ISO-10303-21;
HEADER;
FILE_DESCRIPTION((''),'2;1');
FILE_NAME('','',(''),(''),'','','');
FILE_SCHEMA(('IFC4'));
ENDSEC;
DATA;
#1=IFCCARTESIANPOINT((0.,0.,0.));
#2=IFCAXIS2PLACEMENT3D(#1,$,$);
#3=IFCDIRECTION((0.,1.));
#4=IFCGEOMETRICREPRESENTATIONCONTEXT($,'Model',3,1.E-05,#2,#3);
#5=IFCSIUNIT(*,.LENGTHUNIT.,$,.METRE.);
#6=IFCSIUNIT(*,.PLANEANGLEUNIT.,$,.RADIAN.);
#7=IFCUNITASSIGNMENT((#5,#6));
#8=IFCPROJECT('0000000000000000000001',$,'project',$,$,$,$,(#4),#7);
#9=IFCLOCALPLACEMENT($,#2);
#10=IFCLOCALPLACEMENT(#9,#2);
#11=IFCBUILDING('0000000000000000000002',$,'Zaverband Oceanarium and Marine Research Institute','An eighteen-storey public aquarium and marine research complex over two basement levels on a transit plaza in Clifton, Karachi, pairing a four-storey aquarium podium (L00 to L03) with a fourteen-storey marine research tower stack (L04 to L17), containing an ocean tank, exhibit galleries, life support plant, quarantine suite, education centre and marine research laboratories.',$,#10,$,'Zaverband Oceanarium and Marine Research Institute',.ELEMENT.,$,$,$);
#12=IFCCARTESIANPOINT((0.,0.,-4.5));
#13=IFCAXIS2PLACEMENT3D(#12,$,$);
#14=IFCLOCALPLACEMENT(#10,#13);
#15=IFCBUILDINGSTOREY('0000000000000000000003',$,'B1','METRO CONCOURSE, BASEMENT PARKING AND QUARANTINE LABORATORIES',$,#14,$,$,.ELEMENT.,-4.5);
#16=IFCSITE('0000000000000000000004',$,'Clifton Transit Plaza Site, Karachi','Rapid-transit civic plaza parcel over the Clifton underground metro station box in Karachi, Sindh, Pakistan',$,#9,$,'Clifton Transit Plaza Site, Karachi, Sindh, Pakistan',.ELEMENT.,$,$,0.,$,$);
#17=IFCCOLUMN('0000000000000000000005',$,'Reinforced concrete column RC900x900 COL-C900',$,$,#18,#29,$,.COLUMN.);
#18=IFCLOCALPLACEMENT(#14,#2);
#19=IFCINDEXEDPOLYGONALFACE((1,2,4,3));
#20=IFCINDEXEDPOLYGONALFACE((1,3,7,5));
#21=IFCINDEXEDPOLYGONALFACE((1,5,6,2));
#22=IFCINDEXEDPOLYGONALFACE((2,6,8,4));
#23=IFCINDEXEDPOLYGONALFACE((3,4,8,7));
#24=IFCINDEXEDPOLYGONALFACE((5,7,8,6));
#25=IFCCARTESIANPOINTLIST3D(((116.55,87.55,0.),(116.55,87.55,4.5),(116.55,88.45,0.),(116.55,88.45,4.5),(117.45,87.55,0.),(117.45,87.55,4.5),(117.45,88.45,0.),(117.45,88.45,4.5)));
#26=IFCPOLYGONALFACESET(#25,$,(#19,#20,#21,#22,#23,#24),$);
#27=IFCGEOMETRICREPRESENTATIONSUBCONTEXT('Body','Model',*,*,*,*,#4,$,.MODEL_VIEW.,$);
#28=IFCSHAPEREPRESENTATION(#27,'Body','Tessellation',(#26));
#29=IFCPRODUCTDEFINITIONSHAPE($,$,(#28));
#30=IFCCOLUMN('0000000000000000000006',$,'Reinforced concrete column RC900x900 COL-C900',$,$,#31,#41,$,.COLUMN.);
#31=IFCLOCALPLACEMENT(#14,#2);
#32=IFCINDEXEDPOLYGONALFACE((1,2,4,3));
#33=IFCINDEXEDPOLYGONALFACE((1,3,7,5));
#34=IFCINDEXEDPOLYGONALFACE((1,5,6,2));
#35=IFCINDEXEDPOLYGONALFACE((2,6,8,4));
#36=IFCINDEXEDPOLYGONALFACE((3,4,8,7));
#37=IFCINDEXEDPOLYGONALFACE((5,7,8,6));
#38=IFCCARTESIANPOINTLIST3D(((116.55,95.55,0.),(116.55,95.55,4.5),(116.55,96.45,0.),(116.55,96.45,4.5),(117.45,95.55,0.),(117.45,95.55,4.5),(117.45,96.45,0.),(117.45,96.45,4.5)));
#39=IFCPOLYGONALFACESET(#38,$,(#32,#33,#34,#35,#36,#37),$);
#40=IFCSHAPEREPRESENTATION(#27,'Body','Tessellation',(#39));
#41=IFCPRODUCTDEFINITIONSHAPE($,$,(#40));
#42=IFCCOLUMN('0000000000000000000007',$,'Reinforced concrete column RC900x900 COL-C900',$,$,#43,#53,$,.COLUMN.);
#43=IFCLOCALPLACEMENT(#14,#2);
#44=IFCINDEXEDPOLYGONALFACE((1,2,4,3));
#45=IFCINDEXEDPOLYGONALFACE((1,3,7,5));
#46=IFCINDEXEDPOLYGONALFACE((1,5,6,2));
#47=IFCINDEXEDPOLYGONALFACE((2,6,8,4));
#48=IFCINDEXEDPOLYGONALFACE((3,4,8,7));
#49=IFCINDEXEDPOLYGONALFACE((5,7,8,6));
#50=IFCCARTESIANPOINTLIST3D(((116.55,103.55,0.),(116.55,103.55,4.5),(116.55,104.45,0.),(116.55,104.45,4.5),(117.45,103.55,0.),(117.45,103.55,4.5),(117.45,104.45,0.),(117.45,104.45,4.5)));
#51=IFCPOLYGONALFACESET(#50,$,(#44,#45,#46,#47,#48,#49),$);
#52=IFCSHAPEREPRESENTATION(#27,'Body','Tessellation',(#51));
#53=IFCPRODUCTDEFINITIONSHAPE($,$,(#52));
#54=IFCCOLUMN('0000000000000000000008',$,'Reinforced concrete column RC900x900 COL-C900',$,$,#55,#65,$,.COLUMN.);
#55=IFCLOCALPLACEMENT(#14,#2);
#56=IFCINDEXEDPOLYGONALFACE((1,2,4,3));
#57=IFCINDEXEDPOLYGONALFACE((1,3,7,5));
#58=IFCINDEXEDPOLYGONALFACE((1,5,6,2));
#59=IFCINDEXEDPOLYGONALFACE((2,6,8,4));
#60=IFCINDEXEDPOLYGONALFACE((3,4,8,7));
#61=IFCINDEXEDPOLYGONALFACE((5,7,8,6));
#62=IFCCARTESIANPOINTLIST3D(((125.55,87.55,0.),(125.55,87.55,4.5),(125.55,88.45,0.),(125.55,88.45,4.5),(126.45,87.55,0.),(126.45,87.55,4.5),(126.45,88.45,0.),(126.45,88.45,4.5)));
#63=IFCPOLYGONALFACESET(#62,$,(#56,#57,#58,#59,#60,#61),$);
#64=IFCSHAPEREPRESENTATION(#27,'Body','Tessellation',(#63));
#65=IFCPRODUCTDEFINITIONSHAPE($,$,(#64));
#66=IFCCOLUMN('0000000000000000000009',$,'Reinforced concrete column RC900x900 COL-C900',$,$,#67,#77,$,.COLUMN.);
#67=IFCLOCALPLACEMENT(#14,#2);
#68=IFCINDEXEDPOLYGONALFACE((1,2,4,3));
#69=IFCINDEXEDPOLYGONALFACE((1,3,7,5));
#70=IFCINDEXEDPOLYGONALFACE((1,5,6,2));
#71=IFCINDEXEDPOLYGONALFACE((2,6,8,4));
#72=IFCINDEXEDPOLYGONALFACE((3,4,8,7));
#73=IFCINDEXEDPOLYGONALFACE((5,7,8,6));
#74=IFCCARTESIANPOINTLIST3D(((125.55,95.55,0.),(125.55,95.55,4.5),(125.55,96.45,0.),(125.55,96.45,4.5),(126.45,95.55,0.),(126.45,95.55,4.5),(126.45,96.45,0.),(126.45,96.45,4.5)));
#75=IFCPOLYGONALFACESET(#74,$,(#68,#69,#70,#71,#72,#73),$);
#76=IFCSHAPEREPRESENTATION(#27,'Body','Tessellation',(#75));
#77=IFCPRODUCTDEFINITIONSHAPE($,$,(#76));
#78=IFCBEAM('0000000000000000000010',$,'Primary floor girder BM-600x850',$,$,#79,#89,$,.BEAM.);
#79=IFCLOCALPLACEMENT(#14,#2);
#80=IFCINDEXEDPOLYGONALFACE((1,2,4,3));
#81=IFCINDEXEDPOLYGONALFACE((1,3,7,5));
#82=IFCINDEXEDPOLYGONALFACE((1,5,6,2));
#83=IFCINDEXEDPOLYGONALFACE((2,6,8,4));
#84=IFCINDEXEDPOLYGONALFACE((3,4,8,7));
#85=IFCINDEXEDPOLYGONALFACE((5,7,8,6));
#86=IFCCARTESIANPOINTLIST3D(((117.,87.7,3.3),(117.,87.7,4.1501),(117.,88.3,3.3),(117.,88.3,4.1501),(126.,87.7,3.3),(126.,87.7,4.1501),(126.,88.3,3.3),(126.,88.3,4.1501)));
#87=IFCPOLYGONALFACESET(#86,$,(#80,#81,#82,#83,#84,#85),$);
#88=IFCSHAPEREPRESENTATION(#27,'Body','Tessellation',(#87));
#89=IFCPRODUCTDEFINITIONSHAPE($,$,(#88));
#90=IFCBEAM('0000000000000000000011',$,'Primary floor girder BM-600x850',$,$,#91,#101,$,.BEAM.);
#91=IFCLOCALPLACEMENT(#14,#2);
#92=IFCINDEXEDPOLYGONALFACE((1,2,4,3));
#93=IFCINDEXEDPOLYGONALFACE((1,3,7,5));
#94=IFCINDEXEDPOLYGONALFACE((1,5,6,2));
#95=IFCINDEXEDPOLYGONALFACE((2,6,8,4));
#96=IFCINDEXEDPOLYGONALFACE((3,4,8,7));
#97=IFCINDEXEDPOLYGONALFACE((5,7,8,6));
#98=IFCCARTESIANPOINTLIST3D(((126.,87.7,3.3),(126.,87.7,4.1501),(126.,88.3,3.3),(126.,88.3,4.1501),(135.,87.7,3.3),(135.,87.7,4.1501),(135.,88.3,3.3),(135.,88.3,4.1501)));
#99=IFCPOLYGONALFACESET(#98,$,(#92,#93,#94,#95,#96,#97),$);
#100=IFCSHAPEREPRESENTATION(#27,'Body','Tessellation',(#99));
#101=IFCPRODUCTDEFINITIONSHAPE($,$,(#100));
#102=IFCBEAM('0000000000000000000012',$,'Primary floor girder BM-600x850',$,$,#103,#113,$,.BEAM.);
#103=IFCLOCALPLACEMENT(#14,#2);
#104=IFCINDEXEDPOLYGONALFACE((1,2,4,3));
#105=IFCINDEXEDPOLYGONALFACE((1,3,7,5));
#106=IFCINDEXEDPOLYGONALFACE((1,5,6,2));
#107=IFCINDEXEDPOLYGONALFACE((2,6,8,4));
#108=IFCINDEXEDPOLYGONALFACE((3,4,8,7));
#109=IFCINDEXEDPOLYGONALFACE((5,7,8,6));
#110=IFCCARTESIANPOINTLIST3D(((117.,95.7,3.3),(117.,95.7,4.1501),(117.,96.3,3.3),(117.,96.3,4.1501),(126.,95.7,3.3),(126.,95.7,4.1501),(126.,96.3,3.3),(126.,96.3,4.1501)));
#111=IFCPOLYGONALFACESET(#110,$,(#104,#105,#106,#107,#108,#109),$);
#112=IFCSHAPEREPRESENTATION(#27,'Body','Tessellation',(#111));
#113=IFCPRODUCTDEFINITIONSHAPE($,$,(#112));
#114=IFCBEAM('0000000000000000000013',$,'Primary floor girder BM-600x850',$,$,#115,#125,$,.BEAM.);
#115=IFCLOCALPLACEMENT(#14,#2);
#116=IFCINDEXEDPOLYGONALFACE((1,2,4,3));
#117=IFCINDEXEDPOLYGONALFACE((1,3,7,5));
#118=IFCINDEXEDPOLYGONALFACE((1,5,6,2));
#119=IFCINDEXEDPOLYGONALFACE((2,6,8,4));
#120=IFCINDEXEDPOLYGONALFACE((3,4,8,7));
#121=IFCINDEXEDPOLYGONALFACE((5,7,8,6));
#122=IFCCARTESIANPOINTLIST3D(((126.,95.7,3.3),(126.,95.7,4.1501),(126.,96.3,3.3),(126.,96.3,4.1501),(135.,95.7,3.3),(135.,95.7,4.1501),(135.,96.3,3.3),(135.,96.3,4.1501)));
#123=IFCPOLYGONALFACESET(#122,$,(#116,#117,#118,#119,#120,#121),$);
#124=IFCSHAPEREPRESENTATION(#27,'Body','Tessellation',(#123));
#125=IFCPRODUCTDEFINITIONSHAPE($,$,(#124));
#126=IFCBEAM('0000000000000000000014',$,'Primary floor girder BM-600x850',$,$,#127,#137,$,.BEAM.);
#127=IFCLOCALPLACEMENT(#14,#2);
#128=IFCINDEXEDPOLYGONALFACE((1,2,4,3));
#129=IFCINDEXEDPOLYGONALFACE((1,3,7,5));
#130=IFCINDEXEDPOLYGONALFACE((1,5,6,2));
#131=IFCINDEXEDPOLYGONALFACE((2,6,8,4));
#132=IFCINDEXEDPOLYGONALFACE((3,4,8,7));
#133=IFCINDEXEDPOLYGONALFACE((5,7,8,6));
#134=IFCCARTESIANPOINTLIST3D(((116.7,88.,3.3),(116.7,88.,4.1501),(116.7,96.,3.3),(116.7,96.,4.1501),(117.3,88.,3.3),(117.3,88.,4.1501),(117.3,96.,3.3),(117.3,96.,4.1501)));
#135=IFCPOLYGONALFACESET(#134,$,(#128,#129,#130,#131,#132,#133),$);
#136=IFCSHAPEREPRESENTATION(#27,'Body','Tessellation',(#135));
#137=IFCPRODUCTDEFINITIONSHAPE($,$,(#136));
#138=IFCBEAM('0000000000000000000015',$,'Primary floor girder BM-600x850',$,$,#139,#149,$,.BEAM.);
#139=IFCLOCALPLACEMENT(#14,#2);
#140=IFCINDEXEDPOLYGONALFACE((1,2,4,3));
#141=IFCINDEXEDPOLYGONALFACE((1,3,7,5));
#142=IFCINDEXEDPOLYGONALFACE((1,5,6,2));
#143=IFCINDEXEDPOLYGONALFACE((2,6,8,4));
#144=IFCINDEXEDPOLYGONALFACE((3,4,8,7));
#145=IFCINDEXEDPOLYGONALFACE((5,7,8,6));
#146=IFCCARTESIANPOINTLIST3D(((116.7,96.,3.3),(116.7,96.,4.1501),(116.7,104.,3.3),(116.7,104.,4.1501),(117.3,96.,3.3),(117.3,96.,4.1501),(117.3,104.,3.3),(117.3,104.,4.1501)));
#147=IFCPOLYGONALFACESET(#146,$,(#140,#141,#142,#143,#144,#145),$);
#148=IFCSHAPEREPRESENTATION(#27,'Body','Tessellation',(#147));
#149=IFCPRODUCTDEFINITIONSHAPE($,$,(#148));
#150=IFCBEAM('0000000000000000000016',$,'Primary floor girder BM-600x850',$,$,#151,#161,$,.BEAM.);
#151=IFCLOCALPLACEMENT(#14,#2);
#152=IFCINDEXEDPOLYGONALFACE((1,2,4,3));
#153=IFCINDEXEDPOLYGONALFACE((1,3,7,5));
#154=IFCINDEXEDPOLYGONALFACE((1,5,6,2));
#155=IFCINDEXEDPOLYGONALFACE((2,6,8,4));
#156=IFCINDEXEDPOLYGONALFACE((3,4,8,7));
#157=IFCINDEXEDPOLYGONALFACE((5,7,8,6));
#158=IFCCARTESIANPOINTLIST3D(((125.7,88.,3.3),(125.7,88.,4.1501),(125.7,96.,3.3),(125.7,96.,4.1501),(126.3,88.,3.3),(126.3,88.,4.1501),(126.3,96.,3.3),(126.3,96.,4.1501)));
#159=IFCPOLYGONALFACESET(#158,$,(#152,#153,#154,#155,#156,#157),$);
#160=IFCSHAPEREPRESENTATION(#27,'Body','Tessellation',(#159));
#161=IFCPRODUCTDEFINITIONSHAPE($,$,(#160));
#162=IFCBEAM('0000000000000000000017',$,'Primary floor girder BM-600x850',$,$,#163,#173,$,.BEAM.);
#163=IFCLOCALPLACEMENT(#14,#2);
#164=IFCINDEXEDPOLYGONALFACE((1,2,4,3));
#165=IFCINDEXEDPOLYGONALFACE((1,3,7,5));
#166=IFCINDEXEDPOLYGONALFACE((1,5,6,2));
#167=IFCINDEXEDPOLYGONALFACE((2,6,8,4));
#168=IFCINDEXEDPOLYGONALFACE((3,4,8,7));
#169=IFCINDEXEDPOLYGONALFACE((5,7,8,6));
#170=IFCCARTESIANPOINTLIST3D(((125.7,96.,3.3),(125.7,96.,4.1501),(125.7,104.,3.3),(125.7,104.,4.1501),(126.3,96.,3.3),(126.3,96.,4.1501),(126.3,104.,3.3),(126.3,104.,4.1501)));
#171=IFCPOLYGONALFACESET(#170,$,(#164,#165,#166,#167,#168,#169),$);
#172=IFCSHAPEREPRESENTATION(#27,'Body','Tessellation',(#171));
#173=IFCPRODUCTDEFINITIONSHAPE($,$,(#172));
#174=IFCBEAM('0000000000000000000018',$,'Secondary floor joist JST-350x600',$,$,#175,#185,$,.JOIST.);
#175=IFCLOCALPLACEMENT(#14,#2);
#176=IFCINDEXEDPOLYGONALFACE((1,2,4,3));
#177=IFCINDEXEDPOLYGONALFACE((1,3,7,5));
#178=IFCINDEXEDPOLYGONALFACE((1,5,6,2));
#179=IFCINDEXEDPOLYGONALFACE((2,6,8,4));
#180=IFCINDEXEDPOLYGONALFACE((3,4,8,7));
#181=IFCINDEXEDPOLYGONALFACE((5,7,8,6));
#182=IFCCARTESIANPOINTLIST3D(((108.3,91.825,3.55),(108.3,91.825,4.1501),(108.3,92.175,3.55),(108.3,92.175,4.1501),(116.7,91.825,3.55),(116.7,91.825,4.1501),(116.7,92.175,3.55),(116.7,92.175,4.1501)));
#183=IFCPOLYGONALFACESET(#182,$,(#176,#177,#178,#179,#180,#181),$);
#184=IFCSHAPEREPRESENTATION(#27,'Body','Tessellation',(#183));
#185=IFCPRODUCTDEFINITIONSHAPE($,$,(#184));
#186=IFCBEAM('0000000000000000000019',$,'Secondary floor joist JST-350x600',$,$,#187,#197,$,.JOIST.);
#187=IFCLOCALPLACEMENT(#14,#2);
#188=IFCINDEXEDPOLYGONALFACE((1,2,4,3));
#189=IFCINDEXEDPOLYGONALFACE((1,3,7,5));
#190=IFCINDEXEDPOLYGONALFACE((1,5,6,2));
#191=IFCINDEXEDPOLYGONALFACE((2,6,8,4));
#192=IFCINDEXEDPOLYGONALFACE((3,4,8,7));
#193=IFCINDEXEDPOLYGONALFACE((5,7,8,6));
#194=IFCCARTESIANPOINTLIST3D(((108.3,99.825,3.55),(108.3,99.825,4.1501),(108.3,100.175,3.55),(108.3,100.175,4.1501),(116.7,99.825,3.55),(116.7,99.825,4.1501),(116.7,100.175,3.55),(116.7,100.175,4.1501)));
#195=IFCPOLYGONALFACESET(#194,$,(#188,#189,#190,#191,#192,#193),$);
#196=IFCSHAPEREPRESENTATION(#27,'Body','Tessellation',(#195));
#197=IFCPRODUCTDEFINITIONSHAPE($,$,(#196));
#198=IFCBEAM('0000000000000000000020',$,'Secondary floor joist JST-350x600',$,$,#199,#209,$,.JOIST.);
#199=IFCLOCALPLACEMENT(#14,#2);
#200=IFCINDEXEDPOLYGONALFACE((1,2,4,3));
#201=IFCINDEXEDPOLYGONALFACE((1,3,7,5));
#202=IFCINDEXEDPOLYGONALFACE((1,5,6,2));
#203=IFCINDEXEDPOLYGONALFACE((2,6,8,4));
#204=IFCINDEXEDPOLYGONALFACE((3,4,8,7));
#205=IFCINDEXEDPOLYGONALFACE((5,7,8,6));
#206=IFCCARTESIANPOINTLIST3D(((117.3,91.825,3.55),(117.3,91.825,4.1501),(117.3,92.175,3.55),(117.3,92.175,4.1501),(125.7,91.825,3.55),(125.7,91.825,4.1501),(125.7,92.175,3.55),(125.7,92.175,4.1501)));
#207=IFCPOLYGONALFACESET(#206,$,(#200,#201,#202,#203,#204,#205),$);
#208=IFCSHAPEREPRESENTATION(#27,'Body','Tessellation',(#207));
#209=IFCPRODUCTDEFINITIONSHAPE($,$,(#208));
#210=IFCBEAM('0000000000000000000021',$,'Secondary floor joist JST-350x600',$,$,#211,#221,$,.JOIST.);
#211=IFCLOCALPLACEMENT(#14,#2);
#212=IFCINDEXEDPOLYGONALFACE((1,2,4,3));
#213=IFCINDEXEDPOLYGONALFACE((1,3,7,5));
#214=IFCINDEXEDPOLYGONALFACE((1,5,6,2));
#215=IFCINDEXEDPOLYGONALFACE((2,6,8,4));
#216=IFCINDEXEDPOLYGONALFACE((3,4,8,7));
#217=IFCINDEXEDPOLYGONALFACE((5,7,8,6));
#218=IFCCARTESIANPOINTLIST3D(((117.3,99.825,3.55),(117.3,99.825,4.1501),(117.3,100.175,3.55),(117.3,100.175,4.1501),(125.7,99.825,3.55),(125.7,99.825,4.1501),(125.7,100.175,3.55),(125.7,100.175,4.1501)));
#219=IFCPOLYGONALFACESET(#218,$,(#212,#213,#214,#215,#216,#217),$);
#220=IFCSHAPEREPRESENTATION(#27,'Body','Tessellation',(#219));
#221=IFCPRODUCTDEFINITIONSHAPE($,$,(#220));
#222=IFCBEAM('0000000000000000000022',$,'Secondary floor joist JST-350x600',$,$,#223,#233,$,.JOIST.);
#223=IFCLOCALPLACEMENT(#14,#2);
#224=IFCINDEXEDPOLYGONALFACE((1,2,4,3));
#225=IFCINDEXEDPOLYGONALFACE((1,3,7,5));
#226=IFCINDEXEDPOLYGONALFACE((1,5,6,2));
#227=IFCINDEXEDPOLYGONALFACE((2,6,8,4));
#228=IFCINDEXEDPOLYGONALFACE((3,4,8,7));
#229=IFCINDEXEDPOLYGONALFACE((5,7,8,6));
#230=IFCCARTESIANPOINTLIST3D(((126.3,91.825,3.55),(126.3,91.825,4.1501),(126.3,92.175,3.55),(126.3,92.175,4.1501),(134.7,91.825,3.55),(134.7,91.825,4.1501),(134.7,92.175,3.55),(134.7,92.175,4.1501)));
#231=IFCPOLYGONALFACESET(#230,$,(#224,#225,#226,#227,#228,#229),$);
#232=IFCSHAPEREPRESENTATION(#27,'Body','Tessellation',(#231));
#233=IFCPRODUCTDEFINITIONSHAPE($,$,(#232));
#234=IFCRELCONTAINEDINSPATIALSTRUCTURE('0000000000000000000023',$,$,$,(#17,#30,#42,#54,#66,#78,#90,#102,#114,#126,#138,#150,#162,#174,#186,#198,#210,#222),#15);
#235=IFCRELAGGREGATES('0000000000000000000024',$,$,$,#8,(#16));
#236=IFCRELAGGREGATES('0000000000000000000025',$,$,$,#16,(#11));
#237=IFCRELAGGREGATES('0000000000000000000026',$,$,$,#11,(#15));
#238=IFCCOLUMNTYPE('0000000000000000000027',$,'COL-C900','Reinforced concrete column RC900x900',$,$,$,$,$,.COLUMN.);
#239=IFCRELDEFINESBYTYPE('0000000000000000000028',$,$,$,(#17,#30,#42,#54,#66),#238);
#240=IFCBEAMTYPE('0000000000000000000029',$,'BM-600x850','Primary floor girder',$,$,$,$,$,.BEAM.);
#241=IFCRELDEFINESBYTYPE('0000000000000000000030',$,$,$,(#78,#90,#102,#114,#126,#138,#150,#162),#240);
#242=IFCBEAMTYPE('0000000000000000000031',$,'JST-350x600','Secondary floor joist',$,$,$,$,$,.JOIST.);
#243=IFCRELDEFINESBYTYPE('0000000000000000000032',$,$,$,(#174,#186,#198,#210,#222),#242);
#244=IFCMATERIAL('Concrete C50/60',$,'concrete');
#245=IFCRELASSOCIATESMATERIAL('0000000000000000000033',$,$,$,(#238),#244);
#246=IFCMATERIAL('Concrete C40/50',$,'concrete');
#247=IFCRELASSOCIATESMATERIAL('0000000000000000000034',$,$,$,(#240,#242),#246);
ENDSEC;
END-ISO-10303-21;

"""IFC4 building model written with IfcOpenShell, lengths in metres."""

from ifc_helpers import new_model, si_unit, direction, frame, origin, origin_2d, place, context, subcontext, project, spatial, rectangle, extrude, material, material_profile, profile_set, type_object, element, save


model = new_model("IFC4")

# Units and contexts
model_context = context("Model", 3, precision=1e-05, world=origin(), true_north=direction((0.0, 1.0)))
body_context = subcontext(model_context, "Body", "Model", "MODEL_VIEW")
ifc_project = project(units=[si_unit("LENGTHUNIT", "METRE"), si_unit("PLANEANGLEUNIT", "RADIAN")], contexts=[model_context])

# Site, building, storey
site_placement = place(None, origin())
site = spatial("IfcSite", under=ifc_project, at=site_placement, Name="Clifton Transit Plaza Site, Karachi", Description="Rapid-transit civic plaza parcel over the Clifton underground metro station box in Karachi, Sindh, Pakistan", LongName="Clifton Transit Plaza Site, Karachi, Sindh, Pakistan", CompositionType="ELEMENT", RefElevation=0.0)
building_placement = place(site_placement, origin())
building = spatial("IfcBuilding", under=site, at=building_placement, Name="Zaverband Oceanarium and Marine Research Institute", Description="An eighteen-storey public aquarium and marine research complex over two basement levels on a transit plaza in Clifton, Karachi, pairing a four-storey aquarium podium (L00 to L03) with a fourteen-storey marine research tower stack (L04 to L17), containing an ocean tank, exhibit galleries, life support plant, quarantine suite, education centre and marine research laboratories.", LongName="Zaverband Oceanarium and Marine Research Institute", CompositionType="ELEMENT")
storey_placement = place(building_placement, frame((0.0, 0.0, -4.5)))
storey = spatial("IfcBuildingStorey", under=building, at=storey_placement, Name="B1", Description="METRO CONCOURSE, BASEMENT PARKING AND QUARANTINE LABORATORIES", CompositionType="ELEMENT", Elevation=-4.5)

# Columns
ifc_material_1 = material(Name="Concrete C50/60", Category="concrete")
ifc_material_profile_1 = material_profile(ifc_material_1, rectangle(XDim=0.8999, YDim=0.8999, at=origin_2d()), Name="RC900x900")
ifc_profile_set_1 = profile_set([ifc_material_profile_1], Name="Concrete C50/60")
column_type = type_object("IfcColumnType", Name="COL-C900", Description="Reinforced concrete column RC900x900", PredefinedType="COLUMN", material=ifc_profile_set_1)
for number, where, z_axis, x_axis, name in (
    (1, (117.0, 88.0, 0.0), (0.0, 0.0, 1.0), (1.0, 0.0, 0.0), "Reinforced concrete column RC900x900 COL-C900"),
    (2, (117.0, 96.0, 0.0), (0.0, 0.0, 1.0), (1.0, 0.0, 0.0), "Reinforced concrete column RC900x900 COL-C900"),
    (3, (117.0, 104.0, 0.0), (0.0, 0.0, 1.0), (1.0, 0.0, 0.0), "Reinforced concrete column RC900x900 COL-C900"),
    (4, (126.0, 88.0, 0.0), (0.0, 0.0, 1.0), (1.0, 0.0, 0.0), "Reinforced concrete column RC900x900 COL-C900"),
    (5, (126.0, 96.0, 0.0), (0.0, 0.0, 1.0), (1.0, 0.0, 0.0), "Reinforced concrete column RC900x900 COL-C900"),
):
    element("IfcColumn", number, at=place(storey_placement, frame(where, z_axis=z_axis, x_axis=x_axis)), inside=storey, type_object=column_type, Name=name, PredefinedType="COLUMN", context=body_context, shape_type="SweptSolid", body=[
        extrude(rectangle(XDim=0.8999, YDim=0.8999, at=origin_2d()), origin(), (0.0, 0.0, 1.0), 4.5),
    ])

# Beams
ifc_material_2 = material(Name="Concrete C40/50", Category="concrete")
ifc_material_profile_2 = material_profile(ifc_material_2, rectangle(XDim=0.6001, YDim=0.8501, at=origin_2d()), Name="RC600x850")
ifc_profile_set_2 = profile_set([ifc_material_profile_2], Name="Concrete C40/50")
beam_type_1 = type_object("IfcBeamType", Name="BM-600x850", Description="Primary floor girder", PredefinedType="BEAM", material=ifc_profile_set_2)
for number, where, z_axis, x_axis, name in (
    (6, (117.0, 88.0, 3.7251), (1.0, 0.0, 0.0), (0.0, 1.0, 0.0), "Primary floor girder BM-600x850"),
    (7, (126.0, 88.0, 3.7251), (1.0, 0.0, 0.0), (0.0, 1.0, 0.0), "Primary floor girder BM-600x850"),
    (8, (117.0, 96.0, 3.7251), (1.0, 0.0, 0.0), (0.0, 1.0, 0.0), "Primary floor girder BM-600x850"),
    (9, (126.0, 96.0, 3.7251), (1.0, 0.0, 0.0), (0.0, 1.0, 0.0), "Primary floor girder BM-600x850"),
):
    element("IfcBeam", number, at=place(storey_placement, frame(where, z_axis=z_axis, x_axis=x_axis)), inside=storey, type_object=beam_type_1, Name=name, PredefinedType="BEAM", context=body_context, shape_type="SweptSolid", body=[
        extrude(rectangle(XDim=0.6001, YDim=0.8501, at=origin_2d()), origin(), (0.0, 0.0, 1.0), 9.0),
    ])
for number, where, z_axis, x_axis, name in (
    (10, (117.0, 88.0, 3.7251), (0.0, 1.0, 0.0), (-1.0, 0.0, 0.0), "Primary floor girder BM-600x850"),
    (11, (117.0, 96.0, 3.7251), (0.0, 1.0, 0.0), (-1.0, 0.0, 0.0), "Primary floor girder BM-600x850"),
    (12, (126.0, 88.0, 3.7251), (0.0, 1.0, 0.0), (-1.0, 0.0, 0.0), "Primary floor girder BM-600x850"),
    (13, (126.0, 96.0, 3.7251), (0.0, 1.0, 0.0), (-1.0, 0.0, 0.0), "Primary floor girder BM-600x850"),
):
    element("IfcBeam", number, at=place(storey_placement, frame(where, z_axis=z_axis, x_axis=x_axis)), inside=storey, type_object=beam_type_1, Name=name, PredefinedType="BEAM", context=body_context, shape_type="SweptSolid", body=[
        extrude(rectangle(XDim=0.6001, YDim=0.8501, at=origin_2d()), origin(), (0.0, 0.0, 1.0), 8.0),
    ])
ifc_material_profile_3 = material_profile(ifc_material_2, rectangle(XDim=0.3501, YDim=0.6001, at=origin_2d()), Name="RC350x600")
ifc_profile_set_3 = profile_set([ifc_material_profile_3], Name="Concrete C40/50")
beam_type_2 = type_object("IfcBeamType", Name="JST-350x600", Description="Secondary floor joist", PredefinedType="JOIST", material=ifc_profile_set_3)
for number, where, z_axis, x_axis, name in (
    (14, (108.3, 92.0, 3.8501), (1.0, 0.0, 0.0), (0.0, 1.0, 0.0), "Secondary floor joist JST-350x600"),
    (15, (108.3, 100.0, 3.8501), (1.0, 0.0, 0.0), (0.0, 1.0, 0.0), "Secondary floor joist JST-350x600"),
    (16, (117.3, 92.0, 3.8501), (1.0, 0.0, 0.0), (0.0, 1.0, 0.0), "Secondary floor joist JST-350x600"),
    (17, (117.3, 100.0, 3.8501), (1.0, 0.0, 0.0), (0.0, 1.0, 0.0), "Secondary floor joist JST-350x600"),
    (18, (126.3, 92.0, 3.8501), (1.0, 0.0, 0.0), (0.0, 1.0, 0.0), "Secondary floor joist JST-350x600"),
):
    element("IfcBeam", number, at=place(storey_placement, frame(where, z_axis=z_axis, x_axis=x_axis)), inside=storey, type_object=beam_type_2, Name=name, PredefinedType="JOIST", context=body_context, shape_type="SweptSolid", body=[
        extrude(rectangle(XDim=0.3501, YDim=0.6001, at=origin_2d()), origin(), (0.0, 0.0, 1.0), 8.3999),
    ])

save(model, "model.ifc")
